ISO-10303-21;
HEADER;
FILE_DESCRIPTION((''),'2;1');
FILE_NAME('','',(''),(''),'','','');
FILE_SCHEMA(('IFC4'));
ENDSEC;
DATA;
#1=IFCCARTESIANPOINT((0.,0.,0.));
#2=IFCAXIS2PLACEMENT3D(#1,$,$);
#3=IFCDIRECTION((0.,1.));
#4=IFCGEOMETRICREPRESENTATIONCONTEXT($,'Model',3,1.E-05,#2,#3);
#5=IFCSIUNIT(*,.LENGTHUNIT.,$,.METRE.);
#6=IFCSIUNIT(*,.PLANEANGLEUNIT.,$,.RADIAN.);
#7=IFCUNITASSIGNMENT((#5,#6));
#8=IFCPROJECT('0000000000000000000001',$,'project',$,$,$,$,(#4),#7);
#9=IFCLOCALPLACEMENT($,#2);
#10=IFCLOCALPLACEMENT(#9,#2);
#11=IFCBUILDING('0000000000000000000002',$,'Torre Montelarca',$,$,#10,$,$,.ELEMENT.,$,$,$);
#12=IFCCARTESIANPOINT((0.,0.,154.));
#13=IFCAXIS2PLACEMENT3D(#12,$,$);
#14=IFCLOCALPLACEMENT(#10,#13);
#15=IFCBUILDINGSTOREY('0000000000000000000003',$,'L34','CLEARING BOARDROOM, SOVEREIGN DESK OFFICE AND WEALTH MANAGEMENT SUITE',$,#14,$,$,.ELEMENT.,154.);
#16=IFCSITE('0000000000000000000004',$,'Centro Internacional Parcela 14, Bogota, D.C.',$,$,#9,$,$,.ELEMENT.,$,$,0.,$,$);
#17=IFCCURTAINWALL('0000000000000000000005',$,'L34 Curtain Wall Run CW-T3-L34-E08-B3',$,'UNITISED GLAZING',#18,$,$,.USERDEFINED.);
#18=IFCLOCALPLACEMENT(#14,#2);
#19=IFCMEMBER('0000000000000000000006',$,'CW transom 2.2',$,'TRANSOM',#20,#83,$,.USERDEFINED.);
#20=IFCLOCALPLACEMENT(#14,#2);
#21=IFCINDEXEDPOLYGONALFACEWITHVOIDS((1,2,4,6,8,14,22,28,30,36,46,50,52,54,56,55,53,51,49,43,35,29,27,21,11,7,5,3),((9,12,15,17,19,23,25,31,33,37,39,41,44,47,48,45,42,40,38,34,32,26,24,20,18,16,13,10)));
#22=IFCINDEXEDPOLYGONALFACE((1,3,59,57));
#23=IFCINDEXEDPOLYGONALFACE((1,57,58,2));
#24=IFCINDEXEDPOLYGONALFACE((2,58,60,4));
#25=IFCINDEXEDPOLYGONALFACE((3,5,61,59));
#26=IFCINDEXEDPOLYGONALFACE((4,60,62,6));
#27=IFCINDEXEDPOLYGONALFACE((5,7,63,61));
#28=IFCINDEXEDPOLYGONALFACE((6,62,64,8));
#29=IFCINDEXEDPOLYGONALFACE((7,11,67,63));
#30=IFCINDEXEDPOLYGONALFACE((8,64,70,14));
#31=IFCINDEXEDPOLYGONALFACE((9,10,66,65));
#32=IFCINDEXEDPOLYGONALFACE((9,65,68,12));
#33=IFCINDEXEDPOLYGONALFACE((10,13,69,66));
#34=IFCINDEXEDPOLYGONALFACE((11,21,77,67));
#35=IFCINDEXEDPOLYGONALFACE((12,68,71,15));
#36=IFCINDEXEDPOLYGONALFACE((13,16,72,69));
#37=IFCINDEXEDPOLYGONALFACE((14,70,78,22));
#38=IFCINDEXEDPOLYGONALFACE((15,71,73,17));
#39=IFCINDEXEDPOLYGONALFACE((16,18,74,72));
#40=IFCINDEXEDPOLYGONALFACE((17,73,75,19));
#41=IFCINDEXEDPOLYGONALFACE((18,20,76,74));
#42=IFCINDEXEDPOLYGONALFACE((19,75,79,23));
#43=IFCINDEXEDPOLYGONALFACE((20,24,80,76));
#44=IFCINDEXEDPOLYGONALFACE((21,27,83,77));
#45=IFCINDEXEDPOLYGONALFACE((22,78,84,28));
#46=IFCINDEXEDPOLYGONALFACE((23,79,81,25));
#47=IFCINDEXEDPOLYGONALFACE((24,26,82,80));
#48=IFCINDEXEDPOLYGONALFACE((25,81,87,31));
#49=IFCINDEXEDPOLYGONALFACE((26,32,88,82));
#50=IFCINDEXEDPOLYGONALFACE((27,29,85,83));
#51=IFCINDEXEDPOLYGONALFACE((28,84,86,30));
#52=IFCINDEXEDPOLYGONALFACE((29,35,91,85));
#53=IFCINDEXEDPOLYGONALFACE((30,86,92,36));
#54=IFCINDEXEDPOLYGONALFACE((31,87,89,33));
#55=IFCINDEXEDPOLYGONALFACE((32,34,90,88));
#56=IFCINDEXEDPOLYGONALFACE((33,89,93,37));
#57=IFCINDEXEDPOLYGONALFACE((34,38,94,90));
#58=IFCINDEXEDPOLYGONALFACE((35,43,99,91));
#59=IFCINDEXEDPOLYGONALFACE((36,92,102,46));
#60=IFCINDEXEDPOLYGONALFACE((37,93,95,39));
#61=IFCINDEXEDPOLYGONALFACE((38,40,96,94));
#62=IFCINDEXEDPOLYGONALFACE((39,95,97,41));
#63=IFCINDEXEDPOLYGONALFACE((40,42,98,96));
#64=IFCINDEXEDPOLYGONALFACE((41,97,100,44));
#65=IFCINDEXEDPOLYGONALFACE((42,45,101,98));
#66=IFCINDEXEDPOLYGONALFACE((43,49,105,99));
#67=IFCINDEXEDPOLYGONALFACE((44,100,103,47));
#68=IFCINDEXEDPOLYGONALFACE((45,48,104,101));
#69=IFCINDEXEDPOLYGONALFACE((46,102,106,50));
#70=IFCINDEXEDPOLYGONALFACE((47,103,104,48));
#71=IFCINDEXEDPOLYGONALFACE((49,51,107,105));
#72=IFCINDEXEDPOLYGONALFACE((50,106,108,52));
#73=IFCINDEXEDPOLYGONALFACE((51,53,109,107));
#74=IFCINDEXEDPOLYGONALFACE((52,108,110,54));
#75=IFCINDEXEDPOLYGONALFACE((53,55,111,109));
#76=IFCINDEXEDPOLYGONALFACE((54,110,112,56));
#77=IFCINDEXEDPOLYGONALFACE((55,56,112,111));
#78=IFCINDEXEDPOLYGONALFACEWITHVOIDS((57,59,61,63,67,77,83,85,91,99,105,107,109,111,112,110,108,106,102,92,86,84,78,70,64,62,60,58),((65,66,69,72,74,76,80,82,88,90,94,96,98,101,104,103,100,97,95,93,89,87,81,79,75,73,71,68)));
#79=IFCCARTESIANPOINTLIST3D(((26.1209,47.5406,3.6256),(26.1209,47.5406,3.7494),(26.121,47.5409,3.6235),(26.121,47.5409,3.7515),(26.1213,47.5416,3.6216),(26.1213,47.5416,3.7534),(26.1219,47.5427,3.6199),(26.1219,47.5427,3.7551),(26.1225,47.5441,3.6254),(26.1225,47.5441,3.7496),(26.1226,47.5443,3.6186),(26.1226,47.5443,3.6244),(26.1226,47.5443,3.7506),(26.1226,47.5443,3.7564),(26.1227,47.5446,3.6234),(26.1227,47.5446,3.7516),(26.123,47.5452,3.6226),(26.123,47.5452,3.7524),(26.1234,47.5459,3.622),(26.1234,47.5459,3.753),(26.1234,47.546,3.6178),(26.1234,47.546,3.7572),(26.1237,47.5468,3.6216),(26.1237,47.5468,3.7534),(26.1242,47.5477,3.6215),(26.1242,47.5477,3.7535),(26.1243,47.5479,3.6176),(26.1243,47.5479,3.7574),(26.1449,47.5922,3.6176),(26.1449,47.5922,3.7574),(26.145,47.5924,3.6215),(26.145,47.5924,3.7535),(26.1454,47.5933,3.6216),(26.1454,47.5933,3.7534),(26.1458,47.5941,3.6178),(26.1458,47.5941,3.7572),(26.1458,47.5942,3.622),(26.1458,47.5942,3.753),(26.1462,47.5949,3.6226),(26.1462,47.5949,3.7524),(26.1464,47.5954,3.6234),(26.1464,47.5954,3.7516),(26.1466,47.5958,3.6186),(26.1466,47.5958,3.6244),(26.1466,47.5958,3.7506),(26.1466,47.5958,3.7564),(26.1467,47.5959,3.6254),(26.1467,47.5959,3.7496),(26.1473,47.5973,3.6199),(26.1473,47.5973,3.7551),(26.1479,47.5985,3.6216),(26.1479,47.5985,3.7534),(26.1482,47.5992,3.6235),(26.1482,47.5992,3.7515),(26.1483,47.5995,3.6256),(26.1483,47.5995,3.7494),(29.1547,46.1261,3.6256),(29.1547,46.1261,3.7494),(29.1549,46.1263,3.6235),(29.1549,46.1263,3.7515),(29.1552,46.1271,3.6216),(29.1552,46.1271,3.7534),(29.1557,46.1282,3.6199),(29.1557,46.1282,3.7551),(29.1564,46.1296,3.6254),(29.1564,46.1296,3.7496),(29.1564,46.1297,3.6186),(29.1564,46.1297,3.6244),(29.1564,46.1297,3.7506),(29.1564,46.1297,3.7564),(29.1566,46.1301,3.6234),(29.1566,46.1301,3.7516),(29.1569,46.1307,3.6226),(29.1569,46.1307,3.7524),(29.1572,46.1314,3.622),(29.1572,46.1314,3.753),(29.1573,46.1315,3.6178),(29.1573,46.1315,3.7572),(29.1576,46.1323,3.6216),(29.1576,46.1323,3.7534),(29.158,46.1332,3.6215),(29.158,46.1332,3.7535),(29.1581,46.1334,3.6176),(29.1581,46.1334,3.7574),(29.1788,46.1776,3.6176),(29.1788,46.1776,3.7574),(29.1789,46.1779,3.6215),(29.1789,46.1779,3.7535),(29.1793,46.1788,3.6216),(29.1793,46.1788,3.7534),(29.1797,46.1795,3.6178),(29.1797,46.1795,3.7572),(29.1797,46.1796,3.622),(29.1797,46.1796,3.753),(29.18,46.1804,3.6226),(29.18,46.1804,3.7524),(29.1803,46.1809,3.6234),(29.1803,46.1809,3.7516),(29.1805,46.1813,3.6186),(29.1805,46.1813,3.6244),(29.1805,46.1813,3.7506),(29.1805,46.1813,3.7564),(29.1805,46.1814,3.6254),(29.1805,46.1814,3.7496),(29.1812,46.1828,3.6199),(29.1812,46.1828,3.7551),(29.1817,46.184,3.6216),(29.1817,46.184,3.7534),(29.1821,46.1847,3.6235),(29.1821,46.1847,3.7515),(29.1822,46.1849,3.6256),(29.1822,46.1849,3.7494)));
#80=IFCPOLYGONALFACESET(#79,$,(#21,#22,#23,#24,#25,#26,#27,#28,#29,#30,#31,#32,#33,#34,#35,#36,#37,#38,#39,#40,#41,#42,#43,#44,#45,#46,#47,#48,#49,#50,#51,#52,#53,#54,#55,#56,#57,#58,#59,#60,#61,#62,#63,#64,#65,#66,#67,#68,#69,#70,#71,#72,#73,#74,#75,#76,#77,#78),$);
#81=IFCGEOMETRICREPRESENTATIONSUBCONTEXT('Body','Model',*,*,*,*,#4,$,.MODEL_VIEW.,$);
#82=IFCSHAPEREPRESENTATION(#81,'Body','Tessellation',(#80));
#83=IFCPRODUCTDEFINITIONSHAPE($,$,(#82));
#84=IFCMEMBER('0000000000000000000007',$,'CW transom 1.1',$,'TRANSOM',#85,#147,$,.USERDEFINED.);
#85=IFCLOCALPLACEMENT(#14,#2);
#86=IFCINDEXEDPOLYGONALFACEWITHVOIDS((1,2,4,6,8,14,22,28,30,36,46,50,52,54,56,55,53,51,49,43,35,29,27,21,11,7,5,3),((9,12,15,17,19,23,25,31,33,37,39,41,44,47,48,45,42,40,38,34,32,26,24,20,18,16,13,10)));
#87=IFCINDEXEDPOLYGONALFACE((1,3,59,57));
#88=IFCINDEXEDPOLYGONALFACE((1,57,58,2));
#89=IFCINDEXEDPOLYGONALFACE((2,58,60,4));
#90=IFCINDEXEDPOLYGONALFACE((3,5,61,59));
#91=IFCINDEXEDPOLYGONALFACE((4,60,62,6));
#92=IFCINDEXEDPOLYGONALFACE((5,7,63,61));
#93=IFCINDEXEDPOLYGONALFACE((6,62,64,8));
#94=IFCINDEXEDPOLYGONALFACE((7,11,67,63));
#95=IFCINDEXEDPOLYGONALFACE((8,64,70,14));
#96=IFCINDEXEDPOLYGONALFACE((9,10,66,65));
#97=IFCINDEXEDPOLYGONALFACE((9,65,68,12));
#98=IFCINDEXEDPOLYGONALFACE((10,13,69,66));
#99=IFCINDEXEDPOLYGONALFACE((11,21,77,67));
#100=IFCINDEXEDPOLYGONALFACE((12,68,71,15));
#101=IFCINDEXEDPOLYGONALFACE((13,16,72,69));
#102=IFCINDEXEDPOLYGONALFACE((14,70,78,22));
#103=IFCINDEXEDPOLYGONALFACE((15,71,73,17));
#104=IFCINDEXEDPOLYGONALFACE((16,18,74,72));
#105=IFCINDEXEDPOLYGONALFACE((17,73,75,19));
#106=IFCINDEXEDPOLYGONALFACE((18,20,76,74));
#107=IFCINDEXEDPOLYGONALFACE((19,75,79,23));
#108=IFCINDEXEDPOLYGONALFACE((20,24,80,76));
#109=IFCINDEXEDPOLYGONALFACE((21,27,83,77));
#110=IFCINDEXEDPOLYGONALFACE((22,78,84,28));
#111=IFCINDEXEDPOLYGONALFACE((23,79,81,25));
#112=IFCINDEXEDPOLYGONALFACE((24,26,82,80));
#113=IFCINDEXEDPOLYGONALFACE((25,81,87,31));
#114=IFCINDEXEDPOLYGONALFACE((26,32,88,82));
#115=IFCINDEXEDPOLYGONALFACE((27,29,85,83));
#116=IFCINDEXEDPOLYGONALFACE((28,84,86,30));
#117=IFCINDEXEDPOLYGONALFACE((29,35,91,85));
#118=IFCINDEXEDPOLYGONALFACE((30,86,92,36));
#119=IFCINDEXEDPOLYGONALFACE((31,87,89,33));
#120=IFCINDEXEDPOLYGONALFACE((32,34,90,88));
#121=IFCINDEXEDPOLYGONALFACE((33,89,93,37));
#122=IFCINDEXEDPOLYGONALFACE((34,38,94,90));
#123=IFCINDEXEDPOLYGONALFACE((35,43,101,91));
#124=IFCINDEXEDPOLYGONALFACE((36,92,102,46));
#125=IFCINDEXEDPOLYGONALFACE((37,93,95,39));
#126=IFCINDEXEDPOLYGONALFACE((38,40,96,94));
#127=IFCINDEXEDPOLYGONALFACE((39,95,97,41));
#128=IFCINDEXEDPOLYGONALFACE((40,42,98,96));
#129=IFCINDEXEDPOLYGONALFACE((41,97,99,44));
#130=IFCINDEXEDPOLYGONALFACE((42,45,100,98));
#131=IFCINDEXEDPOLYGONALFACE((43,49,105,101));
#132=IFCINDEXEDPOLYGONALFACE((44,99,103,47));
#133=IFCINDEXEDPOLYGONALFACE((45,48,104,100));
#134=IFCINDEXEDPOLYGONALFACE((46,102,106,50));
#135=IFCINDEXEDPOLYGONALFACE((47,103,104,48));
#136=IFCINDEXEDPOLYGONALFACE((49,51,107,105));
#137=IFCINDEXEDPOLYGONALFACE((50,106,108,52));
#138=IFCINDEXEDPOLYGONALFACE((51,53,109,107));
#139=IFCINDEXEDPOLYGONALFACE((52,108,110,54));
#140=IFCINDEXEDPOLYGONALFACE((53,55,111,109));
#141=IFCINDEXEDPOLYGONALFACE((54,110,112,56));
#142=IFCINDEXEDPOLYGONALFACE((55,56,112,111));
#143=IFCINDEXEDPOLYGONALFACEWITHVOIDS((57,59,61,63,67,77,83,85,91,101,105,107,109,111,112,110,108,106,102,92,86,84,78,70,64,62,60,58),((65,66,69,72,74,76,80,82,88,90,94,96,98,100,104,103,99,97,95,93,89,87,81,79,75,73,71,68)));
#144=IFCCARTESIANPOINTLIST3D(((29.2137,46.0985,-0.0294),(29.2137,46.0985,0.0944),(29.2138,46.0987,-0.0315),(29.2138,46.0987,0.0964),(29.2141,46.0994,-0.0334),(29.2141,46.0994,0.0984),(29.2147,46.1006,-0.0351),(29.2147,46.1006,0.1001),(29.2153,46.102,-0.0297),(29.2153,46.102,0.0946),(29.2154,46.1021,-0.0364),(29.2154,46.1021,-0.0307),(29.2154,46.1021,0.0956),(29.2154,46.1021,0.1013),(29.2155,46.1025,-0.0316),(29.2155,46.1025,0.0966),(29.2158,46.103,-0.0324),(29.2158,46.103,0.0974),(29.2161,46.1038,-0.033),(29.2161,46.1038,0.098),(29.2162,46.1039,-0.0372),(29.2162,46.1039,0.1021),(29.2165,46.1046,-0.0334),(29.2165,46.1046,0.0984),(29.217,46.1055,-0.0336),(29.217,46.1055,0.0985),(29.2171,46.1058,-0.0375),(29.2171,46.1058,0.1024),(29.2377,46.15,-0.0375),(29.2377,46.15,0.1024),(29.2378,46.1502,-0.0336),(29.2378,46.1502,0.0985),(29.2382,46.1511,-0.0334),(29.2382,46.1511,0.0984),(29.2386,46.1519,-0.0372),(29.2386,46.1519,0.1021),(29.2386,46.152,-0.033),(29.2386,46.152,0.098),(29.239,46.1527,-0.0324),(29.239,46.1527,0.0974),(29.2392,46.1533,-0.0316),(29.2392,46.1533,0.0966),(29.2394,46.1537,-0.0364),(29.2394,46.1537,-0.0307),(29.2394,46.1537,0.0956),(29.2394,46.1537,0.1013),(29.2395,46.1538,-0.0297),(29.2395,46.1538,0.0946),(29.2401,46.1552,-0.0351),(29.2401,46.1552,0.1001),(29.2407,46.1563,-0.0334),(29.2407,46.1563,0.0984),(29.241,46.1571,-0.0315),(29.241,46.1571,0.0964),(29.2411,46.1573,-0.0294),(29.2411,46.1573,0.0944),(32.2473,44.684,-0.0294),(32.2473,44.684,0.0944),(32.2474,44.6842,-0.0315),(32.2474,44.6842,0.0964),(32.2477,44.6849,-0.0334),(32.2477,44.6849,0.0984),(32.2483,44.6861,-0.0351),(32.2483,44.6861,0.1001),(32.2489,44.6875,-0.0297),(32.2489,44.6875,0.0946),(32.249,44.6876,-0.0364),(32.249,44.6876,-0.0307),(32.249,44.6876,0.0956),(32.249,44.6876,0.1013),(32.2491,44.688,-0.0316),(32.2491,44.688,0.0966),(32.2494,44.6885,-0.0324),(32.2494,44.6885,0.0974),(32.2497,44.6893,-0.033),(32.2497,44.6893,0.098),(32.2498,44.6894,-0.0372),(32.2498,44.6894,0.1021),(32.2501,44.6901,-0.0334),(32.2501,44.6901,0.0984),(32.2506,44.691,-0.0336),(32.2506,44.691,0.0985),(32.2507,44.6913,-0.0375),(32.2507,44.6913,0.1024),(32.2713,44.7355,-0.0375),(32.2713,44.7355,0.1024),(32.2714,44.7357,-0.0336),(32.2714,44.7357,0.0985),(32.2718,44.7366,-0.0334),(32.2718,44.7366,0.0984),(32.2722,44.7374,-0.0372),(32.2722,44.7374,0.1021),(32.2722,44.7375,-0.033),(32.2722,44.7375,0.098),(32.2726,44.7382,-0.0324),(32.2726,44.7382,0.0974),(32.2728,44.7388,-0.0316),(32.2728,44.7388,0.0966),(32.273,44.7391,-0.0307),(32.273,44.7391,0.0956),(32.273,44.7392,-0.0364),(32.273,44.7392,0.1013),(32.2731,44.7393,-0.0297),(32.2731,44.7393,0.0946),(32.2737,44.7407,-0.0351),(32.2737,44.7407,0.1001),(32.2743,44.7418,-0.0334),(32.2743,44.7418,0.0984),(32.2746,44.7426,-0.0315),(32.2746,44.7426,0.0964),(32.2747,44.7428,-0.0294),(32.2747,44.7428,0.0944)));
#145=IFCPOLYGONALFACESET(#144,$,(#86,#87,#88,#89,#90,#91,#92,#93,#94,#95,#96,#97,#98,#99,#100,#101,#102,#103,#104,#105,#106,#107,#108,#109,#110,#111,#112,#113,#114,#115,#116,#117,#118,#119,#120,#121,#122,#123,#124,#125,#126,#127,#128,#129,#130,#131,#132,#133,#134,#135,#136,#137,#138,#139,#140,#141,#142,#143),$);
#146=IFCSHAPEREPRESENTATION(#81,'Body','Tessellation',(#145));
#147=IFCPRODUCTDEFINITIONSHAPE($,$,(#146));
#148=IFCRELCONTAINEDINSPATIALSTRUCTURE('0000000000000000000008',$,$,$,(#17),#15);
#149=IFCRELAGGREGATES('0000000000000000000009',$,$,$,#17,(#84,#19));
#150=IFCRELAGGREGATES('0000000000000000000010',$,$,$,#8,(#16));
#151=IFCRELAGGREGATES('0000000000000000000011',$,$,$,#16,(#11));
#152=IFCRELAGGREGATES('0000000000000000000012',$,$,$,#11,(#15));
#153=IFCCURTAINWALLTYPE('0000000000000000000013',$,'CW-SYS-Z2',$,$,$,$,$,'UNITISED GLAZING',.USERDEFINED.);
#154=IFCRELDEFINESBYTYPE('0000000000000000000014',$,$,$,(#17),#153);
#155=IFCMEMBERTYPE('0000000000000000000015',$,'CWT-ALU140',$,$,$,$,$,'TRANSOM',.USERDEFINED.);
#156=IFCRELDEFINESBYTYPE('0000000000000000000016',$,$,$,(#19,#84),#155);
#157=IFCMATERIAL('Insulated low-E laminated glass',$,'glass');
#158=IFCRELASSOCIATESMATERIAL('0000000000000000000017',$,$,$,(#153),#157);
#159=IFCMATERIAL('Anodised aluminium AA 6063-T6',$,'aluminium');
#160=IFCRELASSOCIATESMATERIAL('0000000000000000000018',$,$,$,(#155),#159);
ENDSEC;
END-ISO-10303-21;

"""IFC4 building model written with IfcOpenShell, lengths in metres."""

from ifc_helpers import new_model, si_unit, direction, frame, origin, origin_2d, place, context, subcontext, project, spatial, hollow_rectangle, extrude, source, transform, mapped, material, material_profile, profile_set, type_object, element, aggregate, save


model = new_model("IFC4")

# Units and contexts
model_context = context("Model", 3, precision=1e-05, world=origin(), true_north=direction((0.0, 1.0)))
body_context = subcontext(model_context, "Body", "Model", "MODEL_VIEW")
ifc_project = project(units=[si_unit("LENGTHUNIT", "METRE"), si_unit("PLANEANGLEUNIT", "RADIAN")], contexts=[model_context])

# Site, building, storey
site_placement = place(None, origin())
site = spatial("IfcSite", under=ifc_project, at=site_placement, Name="Centro Internacional Parcela 14, Bogota, D.C.", CompositionType="ELEMENT", RefElevation=0.0)
building_placement = place(site_placement, origin())
building = spatial("IfcBuilding", under=site, at=building_placement, Name="Torre Montelarca", CompositionType="ELEMENT")
storey_placement = place(building_placement, frame((0.0, 0.0, 154.0)))
storey = spatial("IfcBuildingStorey", under=building, at=storey_placement, Name="L34", Description="CLEARING BOARDROOM, SOVEREIGN DESK OFFICE AND WEALTH MANAGEMENT SUITE", CompositionType="ELEMENT", Elevation=154.0)

# Shared definitions
ifc_material_1 = material(Name="Insulated low-E laminated glass", Category="glass")
curtain_wall_type = type_object("IfcCurtainWallType", Name="CW-SYS-Z2", ElementType="UNITISED GLAZING", PredefinedType="USERDEFINED", material=ifc_material_1)
ifc_material_2 = material(Name="Anodised aluminium AA 6063-T6", Category="aluminium")

# Curtain wall
curtain_wall_1_placement = place(storey_placement, origin())
curtain_wall_1 = element("IfcCurtainWall", 1, at=curtain_wall_1_placement, inside=storey, type_object=curtain_wall_type, Name="L34 Curtain Wall Run CW-T3-L34-E08-B3", ObjectType="UNITISED GLAZING", PredefinedType="USERDEFINED")
ifc_material_profile_1 = material_profile(ifc_material_2, hollow_rectangle(XDim=0.0649, YDim=0.1399, WallThickness=0.0039, InnerFilletRadius=0.0039, OuterFilletRadius=0.0081, at=origin_2d()), Name="ALU65X140X4", Category="aluminium")
ifc_profile_set_1 = profile_set([ifc_material_profile_1], Name="Anodised aluminium AA 6063-T6")
member_type_1 = type_object("IfcMemberType", Name="CWT-ALU140", ElementType="TRANSOM", PredefinedType="USERDEFINED", material=ifc_profile_set_1)

# Members
shared_shape_1 = source(origin(), body_context, "Body", "SweptSolid", [
    extrude(hollow_rectangle(XDim=0.0649, YDim=0.1399, WallThickness=0.0039, InnerFilletRadius=0.0039, OuterFilletRadius=0.0081, at=origin_2d()), origin(), (0.0, 0.0, 1.0), 3.3474),
])
member_1_placement = place(storey_placement, frame((29.1685, 46.1555, 3.6875), z_axis=(-0.90633, 0.42257, 0.0), x_axis=(-0.42257, -0.90633, 0.0)))
member_1 = element("IfcMember", 2, at=member_1_placement, type_object=member_type_1, Name="CW transom 2.2", ObjectType="TRANSOM", PredefinedType="USERDEFINED", context=body_context, shape_type="MappedRepresentation", body=[
    mapped(shared_shape_1, transform((0.0, 0.0, 0.0), scale=1.0)),
])
shared_shape_2 = source(origin(), body_context, "Body", "SweptSolid", [
    extrude(hollow_rectangle(XDim=0.0649, YDim=0.1399, WallThickness=0.0039, InnerFilletRadius=0.0039, OuterFilletRadius=0.0081, at=origin_2d()), origin(), (0.0, 0.0, 1.0), 3.3472),
])
member_2_placement = place(storey_placement, frame((32.261, 44.7134, 0.0325), z_axis=(-0.906317, 0.422598, 0.0), x_axis=(-0.422598, -0.906317, 0.0)))
member_2 = element("IfcMember", 3, at=member_2_placement, type_object=member_type_1, Name="CW transom 1.1", ObjectType="TRANSOM", PredefinedType="USERDEFINED", context=body_context, shape_type="MappedRepresentation", body=[
    mapped(shared_shape_2, transform((0.0, 0.0, 0.0), scale=1.0)),
])

aggregate(curtain_wall_1, [member_2, member_1])

save(model, "model.ifc")
